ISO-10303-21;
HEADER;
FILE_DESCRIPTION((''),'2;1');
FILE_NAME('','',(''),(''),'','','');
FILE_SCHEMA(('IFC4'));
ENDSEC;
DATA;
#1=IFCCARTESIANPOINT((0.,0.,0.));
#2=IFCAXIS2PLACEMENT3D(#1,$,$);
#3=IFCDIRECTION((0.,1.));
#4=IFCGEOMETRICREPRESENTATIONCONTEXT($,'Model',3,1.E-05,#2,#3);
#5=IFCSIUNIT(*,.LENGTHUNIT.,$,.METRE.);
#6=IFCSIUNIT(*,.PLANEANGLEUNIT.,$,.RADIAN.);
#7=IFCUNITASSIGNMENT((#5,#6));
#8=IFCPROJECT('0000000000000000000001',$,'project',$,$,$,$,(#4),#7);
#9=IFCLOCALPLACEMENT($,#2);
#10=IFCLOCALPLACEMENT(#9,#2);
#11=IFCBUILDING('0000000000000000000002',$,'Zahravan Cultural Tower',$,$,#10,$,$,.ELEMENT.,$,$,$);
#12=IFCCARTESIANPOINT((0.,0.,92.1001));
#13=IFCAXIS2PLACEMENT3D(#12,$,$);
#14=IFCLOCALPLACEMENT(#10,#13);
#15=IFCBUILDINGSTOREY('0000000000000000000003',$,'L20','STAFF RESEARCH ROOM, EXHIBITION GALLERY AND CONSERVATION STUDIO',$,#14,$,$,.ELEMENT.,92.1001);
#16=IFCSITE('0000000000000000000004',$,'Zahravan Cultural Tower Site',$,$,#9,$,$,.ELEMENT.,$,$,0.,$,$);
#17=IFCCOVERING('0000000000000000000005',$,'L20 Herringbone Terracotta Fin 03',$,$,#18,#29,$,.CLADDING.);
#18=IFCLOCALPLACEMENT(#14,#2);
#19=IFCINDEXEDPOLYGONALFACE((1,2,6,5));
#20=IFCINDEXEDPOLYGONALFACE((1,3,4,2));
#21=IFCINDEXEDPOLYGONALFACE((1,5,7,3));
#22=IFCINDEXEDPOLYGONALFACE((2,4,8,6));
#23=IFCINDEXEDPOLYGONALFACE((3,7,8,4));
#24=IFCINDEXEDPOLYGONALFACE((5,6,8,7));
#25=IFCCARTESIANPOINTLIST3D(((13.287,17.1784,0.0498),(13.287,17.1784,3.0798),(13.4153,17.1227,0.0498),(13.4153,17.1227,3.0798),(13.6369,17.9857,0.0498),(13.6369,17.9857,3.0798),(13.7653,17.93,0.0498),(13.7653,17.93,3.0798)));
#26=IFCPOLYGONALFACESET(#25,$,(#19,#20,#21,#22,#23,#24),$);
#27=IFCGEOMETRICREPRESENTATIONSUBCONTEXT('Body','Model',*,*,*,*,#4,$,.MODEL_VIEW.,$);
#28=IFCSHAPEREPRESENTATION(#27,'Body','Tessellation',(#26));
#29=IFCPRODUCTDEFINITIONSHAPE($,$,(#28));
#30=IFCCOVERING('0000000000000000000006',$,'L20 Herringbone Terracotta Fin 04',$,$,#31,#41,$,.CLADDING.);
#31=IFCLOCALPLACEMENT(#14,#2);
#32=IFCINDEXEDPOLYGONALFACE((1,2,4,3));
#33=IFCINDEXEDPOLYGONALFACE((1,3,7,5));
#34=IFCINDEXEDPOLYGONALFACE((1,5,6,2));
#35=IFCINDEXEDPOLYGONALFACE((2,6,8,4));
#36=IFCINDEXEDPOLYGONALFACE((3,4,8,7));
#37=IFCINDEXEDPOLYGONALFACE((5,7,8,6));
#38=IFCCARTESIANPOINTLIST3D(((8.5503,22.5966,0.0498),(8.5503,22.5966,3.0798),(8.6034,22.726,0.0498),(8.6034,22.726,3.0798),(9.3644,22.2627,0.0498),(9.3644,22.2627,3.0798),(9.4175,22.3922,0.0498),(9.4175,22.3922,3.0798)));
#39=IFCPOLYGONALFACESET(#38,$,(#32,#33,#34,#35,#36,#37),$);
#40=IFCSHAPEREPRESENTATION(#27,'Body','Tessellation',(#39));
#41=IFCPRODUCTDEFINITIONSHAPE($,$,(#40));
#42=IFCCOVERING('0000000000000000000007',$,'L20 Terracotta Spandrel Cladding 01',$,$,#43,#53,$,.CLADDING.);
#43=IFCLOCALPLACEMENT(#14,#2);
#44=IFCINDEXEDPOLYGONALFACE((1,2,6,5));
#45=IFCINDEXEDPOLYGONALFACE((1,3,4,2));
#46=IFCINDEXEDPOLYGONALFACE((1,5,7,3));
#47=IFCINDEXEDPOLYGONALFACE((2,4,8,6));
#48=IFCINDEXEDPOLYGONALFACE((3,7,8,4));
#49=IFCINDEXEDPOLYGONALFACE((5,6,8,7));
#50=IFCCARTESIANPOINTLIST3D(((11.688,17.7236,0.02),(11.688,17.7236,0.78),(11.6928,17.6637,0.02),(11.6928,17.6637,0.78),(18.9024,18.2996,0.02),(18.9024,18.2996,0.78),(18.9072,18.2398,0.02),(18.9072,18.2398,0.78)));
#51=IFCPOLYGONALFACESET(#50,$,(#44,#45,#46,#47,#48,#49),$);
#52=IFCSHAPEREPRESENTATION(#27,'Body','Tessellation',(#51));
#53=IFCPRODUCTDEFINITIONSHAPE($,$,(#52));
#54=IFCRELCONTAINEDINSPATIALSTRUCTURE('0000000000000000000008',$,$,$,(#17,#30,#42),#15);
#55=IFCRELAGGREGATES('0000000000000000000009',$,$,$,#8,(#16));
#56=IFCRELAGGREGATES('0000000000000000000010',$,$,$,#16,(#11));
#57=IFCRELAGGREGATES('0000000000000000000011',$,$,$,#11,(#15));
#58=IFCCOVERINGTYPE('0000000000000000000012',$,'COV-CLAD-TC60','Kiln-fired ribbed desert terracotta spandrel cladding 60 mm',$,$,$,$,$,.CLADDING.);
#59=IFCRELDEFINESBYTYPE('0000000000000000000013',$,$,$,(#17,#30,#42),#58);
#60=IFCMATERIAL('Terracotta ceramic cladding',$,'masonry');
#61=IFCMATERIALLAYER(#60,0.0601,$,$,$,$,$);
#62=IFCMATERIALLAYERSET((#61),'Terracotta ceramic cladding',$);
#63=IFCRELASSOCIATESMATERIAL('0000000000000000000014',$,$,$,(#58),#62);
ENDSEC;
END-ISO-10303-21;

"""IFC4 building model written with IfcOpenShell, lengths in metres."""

from ifc_helpers import new_model, si_unit, direction, frame, origin, origin_2d, place, context, subcontext, project, spatial, rectangle, extrude, source, transform, mapped, material, layer, layer_set, type_object, element, save


model = new_model("IFC4")

# Units and contexts
model_context = context("Model", 3, precision=1e-05, world=origin(), true_north=direction((0.0, 1.0)))
body_context = subcontext(model_context, "Body", "Model", "MODEL_VIEW")
ifc_project = project(units=[si_unit("LENGTHUNIT", "METRE"), si_unit("PLANEANGLEUNIT", "RADIAN")], contexts=[model_context])

# Site, building, storey
site_placement = place(None, origin())
site = spatial("IfcSite", under=ifc_project, at=site_placement, Name="Zahravan Cultural Tower Site", CompositionType="ELEMENT", RefElevation=0.0)
building_placement = place(site_placement, origin())
building = spatial("IfcBuilding", under=site, at=building_placement, Name="Zahravan Cultural Tower", CompositionType="ELEMENT")
storey_placement = place(building_placement, frame((0.0, 0.0, 92.1001)))
storey = spatial("IfcBuildingStorey", under=building, at=storey_placement, Name="L20", Description="STAFF RESEARCH ROOM, EXHIBITION GALLERY AND CONSERVATION STUDIO", CompositionType="ELEMENT", Elevation=92.1001)

# Coverings
ifc_material_1 = material(Name="Terracotta ceramic cladding", Category="masonry")
ifc_layer_1 = layer(ifc_material_1, 0.0601)
ifc_layer_set_1 = layer_set([ifc_layer_1], Name="Terracotta ceramic cladding")
covering_type_1 = type_object("IfcCoveringType", Name="COV-CLAD-TC60", Description="Kiln-fired ribbed desert terracotta spandrel cladding 60 mm", PredefinedType="CLADDING", material=ifc_layer_set_1)
shared_shape_1 = source(origin(), body_context, "Body", "SweptSolid", [
    extrude(rectangle(XDim=0.8799, YDim=0.1399, at=origin_2d()), origin(), (0.0, 0.0, 1.0), 3.03),
])
for number, where, z_axis, x_axis, name in (
    (1, (13.5261, 17.5542, 0.0498), (0.0, 0.0, 1.0), (-0.397708, -0.917512, 0.0), "L20 Herringbone Terracotta Fin 03"),
    (2, (8.9839, 22.4944, 0.0498), (0.0, 0.0, 1.0), (-0.92521, 0.379456, 0.0), "L20 Herringbone Terracotta Fin 04"),
):
    element("IfcCovering", number, at=place(storey_placement, frame(where, z_axis=z_axis, x_axis=x_axis)), inside=storey, type_object=covering_type_1, Name=name, PredefinedType="CLADDING", context=body_context, shape_type="MappedRepresentation", body=[
        mapped(shared_shape_1, transform((0.0, 0.0, 0.0), x_axis=(1.0, 0.0, 0.0), y_axis=(0.0, 1.0, 0.0), z_axis=(0.0, 0.0, 1.0), scale=1.0)),
    ])
shared_shape_2 = source(origin(), body_context, "Body", "SweptSolid", [
    extrude(rectangle(XDim=7.2373, YDim=0.0601, at=origin_2d()), origin(), (0.0, 0.0, 1.0), 0.76),
])
covering_1_placement = place(storey_placement, frame((15.2976, 17.9817, 0.02), z_axis=(0.0, 0.0, 1.0), x_axis=(-0.996828, -0.07959, 0.0)))
element("IfcCovering", 3, at=covering_1_placement, inside=storey, type_object=covering_type_1, Name="L20 Terracotta Spandrel Cladding 01", PredefinedType="CLADDING", context=body_context, shape_type="MappedRepresentation", body=[
    mapped(shared_shape_2, transform((0.0, 0.0, 0.0), x_axis=(1.0, 0.0, 0.0), y_axis=(0.0, 1.0, 0.0), z_axis=(0.0, 0.0, 1.0), scale=1.0)),
])

save(model, "model.ifc")
